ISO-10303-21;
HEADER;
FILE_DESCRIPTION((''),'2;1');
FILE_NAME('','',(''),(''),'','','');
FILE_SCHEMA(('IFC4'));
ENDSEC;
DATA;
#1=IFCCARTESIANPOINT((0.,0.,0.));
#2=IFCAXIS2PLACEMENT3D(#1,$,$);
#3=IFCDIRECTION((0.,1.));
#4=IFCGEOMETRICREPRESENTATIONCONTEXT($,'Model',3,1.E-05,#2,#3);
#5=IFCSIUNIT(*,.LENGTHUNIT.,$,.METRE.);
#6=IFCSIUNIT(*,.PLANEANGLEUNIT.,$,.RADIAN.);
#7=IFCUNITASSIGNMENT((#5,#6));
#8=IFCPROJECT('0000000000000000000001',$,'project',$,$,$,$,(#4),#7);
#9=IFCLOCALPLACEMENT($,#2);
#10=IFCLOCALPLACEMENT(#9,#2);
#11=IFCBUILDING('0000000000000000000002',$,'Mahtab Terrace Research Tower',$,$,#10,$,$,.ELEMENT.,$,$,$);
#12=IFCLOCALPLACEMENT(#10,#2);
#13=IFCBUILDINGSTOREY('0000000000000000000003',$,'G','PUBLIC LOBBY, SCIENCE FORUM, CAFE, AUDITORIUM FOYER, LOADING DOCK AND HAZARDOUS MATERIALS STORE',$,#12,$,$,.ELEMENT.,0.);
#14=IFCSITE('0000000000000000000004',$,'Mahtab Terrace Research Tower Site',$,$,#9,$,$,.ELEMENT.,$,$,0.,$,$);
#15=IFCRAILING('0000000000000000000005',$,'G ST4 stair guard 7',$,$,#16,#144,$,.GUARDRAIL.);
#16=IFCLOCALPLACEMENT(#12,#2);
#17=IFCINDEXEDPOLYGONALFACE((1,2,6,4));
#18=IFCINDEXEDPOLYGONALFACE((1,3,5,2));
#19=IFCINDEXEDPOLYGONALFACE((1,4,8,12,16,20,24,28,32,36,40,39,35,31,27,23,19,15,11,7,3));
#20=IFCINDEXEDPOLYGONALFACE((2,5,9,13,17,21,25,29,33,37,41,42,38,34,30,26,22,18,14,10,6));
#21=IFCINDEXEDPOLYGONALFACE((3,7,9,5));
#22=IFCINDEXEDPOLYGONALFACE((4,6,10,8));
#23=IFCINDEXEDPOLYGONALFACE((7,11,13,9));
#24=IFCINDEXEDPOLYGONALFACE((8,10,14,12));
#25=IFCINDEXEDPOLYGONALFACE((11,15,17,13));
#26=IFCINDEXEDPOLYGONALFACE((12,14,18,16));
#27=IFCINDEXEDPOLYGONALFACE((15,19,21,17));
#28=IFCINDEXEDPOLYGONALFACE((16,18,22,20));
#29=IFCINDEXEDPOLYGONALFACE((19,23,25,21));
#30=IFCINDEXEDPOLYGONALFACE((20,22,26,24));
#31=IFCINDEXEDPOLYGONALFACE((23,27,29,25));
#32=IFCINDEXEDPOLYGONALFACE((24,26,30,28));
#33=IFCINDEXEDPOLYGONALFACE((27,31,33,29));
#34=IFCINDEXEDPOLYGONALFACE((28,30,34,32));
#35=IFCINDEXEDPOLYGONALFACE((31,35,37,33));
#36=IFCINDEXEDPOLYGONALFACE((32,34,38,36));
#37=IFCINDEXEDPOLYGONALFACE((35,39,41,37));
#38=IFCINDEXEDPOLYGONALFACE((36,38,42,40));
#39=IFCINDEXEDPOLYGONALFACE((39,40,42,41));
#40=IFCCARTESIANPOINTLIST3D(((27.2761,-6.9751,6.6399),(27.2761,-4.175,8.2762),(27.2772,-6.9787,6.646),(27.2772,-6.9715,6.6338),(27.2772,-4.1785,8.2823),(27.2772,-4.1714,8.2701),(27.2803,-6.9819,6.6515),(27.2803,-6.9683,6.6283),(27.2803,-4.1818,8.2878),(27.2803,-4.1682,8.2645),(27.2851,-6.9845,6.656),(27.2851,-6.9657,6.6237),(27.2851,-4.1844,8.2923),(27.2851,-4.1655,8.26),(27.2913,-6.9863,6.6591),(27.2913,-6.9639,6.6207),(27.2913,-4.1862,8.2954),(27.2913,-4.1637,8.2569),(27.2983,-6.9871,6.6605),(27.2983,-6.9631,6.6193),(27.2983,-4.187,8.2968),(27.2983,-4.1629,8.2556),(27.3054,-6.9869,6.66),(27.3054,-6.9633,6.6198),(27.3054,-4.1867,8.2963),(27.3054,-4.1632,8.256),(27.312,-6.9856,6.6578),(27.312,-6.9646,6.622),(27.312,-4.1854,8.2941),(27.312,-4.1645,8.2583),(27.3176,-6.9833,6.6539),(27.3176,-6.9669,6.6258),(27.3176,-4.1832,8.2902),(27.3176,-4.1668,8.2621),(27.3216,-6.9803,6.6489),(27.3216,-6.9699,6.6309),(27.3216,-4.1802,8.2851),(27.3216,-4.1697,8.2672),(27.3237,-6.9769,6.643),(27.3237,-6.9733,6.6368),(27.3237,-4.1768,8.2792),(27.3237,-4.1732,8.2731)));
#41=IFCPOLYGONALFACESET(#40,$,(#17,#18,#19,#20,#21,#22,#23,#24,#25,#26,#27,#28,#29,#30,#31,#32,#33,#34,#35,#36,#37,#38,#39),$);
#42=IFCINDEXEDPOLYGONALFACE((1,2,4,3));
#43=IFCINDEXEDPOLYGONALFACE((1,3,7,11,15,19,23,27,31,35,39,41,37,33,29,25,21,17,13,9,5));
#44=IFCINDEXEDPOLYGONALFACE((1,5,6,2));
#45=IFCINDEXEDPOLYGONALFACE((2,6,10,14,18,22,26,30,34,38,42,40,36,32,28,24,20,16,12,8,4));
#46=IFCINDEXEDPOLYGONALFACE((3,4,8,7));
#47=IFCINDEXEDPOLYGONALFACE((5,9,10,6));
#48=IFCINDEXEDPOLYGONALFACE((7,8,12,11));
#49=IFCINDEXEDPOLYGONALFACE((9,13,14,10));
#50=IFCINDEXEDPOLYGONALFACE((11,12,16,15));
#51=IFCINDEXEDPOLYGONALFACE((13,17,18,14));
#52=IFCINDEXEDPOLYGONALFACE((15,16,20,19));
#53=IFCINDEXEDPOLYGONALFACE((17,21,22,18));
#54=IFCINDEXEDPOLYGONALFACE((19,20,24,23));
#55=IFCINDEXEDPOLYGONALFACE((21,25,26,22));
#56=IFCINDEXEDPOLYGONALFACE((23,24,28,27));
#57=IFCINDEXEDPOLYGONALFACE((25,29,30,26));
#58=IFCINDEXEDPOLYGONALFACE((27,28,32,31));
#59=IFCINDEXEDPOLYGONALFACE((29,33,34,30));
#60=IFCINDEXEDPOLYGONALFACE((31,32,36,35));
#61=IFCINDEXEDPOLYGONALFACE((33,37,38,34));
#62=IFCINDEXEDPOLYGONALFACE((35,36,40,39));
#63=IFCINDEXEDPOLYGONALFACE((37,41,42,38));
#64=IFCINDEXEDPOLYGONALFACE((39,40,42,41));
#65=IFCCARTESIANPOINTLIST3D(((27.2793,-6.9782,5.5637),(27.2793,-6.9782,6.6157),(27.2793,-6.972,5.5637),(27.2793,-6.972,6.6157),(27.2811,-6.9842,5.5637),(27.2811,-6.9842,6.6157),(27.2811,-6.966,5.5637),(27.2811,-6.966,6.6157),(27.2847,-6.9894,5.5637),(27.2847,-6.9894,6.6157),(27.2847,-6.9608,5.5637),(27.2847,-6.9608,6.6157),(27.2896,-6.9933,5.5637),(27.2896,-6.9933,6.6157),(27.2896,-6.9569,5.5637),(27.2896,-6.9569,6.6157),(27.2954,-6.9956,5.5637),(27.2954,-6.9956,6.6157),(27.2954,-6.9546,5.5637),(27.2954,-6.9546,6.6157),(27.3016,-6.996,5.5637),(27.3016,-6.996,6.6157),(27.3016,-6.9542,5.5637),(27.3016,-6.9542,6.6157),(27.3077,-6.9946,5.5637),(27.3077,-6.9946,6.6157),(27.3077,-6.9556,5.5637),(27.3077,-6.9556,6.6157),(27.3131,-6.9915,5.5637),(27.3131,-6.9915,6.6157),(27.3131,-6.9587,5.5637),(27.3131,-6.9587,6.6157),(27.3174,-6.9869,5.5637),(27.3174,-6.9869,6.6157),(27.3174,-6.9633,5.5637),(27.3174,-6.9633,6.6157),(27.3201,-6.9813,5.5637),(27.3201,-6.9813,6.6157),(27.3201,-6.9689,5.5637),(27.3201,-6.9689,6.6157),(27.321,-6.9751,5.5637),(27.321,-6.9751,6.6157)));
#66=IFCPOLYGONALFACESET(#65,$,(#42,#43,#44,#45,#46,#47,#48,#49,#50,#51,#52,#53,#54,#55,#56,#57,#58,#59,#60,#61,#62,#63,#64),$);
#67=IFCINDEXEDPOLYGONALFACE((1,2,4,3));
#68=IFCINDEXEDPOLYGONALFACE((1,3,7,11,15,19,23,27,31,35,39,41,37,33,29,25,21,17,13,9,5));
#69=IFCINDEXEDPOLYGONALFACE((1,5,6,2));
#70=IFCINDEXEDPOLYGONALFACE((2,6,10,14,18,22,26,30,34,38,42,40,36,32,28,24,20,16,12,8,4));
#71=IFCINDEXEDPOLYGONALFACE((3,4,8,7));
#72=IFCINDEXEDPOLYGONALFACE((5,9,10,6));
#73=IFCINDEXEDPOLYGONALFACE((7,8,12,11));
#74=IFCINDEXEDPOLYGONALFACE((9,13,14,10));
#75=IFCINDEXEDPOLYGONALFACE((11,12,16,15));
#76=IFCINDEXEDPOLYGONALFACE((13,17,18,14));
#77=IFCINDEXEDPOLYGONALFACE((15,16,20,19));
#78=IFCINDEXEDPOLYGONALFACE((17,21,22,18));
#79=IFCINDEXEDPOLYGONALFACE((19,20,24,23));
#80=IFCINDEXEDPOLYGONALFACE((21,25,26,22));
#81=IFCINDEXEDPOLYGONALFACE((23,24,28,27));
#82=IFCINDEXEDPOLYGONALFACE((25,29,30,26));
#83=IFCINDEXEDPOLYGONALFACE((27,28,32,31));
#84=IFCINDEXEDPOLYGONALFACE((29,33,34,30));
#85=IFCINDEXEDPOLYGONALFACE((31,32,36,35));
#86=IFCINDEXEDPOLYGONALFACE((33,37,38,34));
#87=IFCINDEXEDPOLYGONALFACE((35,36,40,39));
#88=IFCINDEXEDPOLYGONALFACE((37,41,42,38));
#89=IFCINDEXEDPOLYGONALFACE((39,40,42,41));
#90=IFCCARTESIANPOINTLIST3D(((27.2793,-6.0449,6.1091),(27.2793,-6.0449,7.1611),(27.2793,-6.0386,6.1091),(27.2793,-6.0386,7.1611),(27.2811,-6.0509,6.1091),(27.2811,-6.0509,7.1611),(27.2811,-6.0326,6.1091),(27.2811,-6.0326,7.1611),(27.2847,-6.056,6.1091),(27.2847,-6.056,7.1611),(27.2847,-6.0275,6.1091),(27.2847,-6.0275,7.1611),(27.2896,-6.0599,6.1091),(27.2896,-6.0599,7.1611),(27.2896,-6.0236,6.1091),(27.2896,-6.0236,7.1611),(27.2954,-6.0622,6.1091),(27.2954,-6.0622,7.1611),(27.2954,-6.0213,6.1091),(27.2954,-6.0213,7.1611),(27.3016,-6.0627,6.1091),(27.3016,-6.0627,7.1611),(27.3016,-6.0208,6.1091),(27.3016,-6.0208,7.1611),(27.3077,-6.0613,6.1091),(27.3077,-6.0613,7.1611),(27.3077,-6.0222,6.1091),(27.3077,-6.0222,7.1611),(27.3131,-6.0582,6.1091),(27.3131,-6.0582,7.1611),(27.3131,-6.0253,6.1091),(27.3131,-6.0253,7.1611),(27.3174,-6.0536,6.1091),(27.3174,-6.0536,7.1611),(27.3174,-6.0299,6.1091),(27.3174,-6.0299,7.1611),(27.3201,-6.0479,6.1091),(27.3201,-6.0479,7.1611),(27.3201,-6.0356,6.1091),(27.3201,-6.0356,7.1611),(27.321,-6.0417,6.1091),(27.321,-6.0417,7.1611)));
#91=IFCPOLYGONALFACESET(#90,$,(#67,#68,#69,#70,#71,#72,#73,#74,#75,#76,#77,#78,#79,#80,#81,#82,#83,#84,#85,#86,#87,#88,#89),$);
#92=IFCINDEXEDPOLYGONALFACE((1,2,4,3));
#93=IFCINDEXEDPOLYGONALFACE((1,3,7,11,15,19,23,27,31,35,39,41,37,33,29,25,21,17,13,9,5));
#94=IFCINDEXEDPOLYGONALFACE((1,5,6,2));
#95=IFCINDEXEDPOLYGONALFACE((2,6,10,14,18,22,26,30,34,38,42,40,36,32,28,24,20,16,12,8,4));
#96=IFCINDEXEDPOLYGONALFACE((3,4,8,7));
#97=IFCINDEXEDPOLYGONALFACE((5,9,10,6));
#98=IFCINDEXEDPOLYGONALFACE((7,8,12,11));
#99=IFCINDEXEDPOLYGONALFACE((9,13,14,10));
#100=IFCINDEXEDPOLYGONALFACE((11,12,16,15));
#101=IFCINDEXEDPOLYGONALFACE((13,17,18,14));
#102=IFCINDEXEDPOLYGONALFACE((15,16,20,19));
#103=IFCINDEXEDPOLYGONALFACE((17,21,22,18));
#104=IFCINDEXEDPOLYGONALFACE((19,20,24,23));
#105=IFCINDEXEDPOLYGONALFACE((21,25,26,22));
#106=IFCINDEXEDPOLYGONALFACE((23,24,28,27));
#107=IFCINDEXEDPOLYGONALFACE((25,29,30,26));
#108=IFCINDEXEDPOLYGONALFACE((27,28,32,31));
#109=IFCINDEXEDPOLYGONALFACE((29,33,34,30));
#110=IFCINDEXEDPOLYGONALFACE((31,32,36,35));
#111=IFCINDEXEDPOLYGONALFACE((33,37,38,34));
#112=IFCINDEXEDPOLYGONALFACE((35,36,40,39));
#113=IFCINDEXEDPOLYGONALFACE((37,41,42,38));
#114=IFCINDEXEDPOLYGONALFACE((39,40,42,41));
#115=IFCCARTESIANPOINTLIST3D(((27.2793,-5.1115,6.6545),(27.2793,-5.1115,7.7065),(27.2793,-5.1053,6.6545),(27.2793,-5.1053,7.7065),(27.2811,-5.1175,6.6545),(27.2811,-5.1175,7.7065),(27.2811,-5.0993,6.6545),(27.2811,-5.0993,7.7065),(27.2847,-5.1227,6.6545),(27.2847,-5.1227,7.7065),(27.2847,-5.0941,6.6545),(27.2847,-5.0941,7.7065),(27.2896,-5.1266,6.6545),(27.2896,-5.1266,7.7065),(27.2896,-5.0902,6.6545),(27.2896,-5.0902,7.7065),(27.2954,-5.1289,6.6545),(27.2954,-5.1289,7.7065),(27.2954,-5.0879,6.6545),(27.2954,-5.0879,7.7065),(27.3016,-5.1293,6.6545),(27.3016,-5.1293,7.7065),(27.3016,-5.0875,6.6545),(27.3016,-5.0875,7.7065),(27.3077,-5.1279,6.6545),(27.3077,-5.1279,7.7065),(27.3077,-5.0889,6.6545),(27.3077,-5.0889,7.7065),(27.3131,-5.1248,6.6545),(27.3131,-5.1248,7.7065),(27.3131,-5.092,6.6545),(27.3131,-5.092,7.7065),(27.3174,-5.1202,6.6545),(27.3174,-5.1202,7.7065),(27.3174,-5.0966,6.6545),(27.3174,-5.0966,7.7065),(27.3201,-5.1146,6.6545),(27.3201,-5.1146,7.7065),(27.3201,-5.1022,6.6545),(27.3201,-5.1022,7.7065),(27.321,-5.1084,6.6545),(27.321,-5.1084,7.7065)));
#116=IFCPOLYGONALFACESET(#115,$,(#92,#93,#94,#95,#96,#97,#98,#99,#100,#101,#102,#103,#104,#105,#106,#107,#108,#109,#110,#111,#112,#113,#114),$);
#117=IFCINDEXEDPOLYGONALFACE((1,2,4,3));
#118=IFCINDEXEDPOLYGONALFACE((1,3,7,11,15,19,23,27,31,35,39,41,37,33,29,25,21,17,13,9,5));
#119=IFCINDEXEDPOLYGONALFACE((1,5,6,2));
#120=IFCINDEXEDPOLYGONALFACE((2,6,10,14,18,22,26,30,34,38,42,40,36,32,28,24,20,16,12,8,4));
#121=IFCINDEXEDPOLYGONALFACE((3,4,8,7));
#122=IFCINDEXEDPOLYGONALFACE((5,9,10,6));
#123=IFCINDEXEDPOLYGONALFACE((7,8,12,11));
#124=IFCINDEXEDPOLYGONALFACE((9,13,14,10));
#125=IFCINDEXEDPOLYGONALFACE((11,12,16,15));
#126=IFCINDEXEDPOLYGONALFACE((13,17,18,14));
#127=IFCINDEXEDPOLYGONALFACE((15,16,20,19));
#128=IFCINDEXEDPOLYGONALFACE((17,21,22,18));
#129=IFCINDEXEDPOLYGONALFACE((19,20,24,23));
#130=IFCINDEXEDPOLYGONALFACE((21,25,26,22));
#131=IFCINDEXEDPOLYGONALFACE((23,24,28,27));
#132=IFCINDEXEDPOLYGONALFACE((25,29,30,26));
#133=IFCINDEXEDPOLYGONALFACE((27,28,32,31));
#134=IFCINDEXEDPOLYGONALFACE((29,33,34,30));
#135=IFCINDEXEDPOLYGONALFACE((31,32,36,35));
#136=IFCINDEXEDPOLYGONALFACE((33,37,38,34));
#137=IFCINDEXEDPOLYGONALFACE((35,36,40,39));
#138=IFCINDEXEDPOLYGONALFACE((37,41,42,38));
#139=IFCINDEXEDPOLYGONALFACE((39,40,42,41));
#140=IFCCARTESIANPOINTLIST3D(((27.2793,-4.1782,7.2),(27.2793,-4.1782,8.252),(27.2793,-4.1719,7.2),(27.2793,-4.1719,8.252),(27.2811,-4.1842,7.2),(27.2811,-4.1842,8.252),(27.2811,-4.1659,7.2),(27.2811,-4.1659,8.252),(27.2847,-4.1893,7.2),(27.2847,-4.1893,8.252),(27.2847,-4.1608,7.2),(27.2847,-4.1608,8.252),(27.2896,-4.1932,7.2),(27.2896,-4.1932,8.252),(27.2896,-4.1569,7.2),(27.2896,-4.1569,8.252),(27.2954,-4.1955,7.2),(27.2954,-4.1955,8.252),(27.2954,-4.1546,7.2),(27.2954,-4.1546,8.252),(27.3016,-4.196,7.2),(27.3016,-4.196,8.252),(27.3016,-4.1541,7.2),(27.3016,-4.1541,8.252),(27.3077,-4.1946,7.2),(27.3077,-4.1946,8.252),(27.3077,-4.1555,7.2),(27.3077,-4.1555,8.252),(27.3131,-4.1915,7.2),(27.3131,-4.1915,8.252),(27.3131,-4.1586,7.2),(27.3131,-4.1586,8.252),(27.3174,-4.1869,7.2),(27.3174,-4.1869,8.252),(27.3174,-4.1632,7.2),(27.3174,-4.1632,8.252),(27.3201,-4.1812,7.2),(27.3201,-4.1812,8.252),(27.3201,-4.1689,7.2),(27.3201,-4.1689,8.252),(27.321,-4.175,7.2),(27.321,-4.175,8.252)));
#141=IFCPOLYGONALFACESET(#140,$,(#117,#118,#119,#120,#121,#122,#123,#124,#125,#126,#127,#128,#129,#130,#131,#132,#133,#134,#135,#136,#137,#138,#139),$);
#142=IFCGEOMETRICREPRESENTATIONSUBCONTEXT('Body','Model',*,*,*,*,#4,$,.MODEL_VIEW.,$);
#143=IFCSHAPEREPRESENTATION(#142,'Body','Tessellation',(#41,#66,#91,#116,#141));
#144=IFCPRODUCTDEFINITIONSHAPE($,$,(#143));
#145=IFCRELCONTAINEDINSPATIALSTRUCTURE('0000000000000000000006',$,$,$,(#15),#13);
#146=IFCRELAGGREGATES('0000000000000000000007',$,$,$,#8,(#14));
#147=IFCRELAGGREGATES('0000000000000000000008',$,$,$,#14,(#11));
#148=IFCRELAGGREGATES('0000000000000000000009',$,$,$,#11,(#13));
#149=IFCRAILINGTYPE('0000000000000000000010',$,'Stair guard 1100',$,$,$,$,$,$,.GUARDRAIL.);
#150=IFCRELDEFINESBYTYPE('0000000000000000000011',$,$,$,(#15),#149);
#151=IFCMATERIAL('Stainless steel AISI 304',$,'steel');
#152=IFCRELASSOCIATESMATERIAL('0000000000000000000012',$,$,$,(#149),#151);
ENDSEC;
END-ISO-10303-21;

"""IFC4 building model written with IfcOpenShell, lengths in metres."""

from ifc_helpers import new_model, si_unit, direction, frame, origin, origin_2d, place, context, subcontext, project, spatial, circle, extrude, material, type_object, element, save


model = new_model("IFC4")

# Units and contexts
model_context = context("Model", 3, precision=1e-05, world=origin(), true_north=direction((0.0, 1.0)))
body_context = subcontext(model_context, "Body", "Model", "MODEL_VIEW")
ifc_project = project(units=[si_unit("LENGTHUNIT", "METRE"), si_unit("PLANEANGLEUNIT", "RADIAN")], contexts=[model_context])

# Site, building, storey
site_placement = place(None, origin())
site = spatial("IfcSite", under=ifc_project, at=site_placement, Name="Mahtab Terrace Research Tower Site", CompositionType="ELEMENT", RefElevation=0.0)
building_placement = place(site_placement, origin())
building = spatial("IfcBuilding", under=site, at=building_placement, Name="Mahtab Terrace Research Tower", CompositionType="ELEMENT")
storey_placement = place(building_placement, origin())
storey = spatial("IfcBuildingStorey", under=building, at=storey_placement, Name="G", Description="PUBLIC LOBBY, SCIENCE FORUM, CAFE, AUDITORIUM FOYER, LOADING DOCK AND HAZARDOUS MATERIALS STORE", CompositionType="ELEMENT", Elevation=0.0)

# Railing
ifc_material_1 = material(Name="Stainless steel AISI 304", Category="steel")
railing_type_1 = type_object("IfcRailingType", Name="Stair guard 1100", PredefinedType="GUARDRAIL", material=ifc_material_1)
railing_1_placement = place(storey_placement, frame((27.3, -6.9751, 5.5637)))
element("IfcRailing", 1, at=railing_1_placement, inside=storey, type_object=railing_type_1, Name="G ST4 stair guard 7", PredefinedType="GUARDRAIL", context=body_context, shape_type="SweptSolid", body=[
    extrude(circle(Radius=0.0239, at=origin_2d()), frame((0.0, 0.0, 1.0762), z_axis=(0.0, 0.863394, 0.504531), x_axis=(-1.0, 0.0, 0.0)), (0.0, 0.0, 1.0), 3.2432),
    extrude(circle(Radius=0.021, at=origin_2d()), origin(), (0.0, 0.0, 1.0), 1.052),
    extrude(circle(Radius=0.021, at=origin_2d()), frame((0.0, 0.9333, 0.5454)), (0.0, 0.0, 1.0), 1.052),
    extrude(circle(Radius=0.021, at=origin_2d()), frame((0.0, 1.8667, 1.0908)), (0.0, 0.0, 1.0), 1.052),
    extrude(circle(Radius=0.021, at=origin_2d()), frame((0.0, 2.8, 1.6362)), (0.0, 0.0, 1.0), 1.052),
])

save(model, "model.ifc")
